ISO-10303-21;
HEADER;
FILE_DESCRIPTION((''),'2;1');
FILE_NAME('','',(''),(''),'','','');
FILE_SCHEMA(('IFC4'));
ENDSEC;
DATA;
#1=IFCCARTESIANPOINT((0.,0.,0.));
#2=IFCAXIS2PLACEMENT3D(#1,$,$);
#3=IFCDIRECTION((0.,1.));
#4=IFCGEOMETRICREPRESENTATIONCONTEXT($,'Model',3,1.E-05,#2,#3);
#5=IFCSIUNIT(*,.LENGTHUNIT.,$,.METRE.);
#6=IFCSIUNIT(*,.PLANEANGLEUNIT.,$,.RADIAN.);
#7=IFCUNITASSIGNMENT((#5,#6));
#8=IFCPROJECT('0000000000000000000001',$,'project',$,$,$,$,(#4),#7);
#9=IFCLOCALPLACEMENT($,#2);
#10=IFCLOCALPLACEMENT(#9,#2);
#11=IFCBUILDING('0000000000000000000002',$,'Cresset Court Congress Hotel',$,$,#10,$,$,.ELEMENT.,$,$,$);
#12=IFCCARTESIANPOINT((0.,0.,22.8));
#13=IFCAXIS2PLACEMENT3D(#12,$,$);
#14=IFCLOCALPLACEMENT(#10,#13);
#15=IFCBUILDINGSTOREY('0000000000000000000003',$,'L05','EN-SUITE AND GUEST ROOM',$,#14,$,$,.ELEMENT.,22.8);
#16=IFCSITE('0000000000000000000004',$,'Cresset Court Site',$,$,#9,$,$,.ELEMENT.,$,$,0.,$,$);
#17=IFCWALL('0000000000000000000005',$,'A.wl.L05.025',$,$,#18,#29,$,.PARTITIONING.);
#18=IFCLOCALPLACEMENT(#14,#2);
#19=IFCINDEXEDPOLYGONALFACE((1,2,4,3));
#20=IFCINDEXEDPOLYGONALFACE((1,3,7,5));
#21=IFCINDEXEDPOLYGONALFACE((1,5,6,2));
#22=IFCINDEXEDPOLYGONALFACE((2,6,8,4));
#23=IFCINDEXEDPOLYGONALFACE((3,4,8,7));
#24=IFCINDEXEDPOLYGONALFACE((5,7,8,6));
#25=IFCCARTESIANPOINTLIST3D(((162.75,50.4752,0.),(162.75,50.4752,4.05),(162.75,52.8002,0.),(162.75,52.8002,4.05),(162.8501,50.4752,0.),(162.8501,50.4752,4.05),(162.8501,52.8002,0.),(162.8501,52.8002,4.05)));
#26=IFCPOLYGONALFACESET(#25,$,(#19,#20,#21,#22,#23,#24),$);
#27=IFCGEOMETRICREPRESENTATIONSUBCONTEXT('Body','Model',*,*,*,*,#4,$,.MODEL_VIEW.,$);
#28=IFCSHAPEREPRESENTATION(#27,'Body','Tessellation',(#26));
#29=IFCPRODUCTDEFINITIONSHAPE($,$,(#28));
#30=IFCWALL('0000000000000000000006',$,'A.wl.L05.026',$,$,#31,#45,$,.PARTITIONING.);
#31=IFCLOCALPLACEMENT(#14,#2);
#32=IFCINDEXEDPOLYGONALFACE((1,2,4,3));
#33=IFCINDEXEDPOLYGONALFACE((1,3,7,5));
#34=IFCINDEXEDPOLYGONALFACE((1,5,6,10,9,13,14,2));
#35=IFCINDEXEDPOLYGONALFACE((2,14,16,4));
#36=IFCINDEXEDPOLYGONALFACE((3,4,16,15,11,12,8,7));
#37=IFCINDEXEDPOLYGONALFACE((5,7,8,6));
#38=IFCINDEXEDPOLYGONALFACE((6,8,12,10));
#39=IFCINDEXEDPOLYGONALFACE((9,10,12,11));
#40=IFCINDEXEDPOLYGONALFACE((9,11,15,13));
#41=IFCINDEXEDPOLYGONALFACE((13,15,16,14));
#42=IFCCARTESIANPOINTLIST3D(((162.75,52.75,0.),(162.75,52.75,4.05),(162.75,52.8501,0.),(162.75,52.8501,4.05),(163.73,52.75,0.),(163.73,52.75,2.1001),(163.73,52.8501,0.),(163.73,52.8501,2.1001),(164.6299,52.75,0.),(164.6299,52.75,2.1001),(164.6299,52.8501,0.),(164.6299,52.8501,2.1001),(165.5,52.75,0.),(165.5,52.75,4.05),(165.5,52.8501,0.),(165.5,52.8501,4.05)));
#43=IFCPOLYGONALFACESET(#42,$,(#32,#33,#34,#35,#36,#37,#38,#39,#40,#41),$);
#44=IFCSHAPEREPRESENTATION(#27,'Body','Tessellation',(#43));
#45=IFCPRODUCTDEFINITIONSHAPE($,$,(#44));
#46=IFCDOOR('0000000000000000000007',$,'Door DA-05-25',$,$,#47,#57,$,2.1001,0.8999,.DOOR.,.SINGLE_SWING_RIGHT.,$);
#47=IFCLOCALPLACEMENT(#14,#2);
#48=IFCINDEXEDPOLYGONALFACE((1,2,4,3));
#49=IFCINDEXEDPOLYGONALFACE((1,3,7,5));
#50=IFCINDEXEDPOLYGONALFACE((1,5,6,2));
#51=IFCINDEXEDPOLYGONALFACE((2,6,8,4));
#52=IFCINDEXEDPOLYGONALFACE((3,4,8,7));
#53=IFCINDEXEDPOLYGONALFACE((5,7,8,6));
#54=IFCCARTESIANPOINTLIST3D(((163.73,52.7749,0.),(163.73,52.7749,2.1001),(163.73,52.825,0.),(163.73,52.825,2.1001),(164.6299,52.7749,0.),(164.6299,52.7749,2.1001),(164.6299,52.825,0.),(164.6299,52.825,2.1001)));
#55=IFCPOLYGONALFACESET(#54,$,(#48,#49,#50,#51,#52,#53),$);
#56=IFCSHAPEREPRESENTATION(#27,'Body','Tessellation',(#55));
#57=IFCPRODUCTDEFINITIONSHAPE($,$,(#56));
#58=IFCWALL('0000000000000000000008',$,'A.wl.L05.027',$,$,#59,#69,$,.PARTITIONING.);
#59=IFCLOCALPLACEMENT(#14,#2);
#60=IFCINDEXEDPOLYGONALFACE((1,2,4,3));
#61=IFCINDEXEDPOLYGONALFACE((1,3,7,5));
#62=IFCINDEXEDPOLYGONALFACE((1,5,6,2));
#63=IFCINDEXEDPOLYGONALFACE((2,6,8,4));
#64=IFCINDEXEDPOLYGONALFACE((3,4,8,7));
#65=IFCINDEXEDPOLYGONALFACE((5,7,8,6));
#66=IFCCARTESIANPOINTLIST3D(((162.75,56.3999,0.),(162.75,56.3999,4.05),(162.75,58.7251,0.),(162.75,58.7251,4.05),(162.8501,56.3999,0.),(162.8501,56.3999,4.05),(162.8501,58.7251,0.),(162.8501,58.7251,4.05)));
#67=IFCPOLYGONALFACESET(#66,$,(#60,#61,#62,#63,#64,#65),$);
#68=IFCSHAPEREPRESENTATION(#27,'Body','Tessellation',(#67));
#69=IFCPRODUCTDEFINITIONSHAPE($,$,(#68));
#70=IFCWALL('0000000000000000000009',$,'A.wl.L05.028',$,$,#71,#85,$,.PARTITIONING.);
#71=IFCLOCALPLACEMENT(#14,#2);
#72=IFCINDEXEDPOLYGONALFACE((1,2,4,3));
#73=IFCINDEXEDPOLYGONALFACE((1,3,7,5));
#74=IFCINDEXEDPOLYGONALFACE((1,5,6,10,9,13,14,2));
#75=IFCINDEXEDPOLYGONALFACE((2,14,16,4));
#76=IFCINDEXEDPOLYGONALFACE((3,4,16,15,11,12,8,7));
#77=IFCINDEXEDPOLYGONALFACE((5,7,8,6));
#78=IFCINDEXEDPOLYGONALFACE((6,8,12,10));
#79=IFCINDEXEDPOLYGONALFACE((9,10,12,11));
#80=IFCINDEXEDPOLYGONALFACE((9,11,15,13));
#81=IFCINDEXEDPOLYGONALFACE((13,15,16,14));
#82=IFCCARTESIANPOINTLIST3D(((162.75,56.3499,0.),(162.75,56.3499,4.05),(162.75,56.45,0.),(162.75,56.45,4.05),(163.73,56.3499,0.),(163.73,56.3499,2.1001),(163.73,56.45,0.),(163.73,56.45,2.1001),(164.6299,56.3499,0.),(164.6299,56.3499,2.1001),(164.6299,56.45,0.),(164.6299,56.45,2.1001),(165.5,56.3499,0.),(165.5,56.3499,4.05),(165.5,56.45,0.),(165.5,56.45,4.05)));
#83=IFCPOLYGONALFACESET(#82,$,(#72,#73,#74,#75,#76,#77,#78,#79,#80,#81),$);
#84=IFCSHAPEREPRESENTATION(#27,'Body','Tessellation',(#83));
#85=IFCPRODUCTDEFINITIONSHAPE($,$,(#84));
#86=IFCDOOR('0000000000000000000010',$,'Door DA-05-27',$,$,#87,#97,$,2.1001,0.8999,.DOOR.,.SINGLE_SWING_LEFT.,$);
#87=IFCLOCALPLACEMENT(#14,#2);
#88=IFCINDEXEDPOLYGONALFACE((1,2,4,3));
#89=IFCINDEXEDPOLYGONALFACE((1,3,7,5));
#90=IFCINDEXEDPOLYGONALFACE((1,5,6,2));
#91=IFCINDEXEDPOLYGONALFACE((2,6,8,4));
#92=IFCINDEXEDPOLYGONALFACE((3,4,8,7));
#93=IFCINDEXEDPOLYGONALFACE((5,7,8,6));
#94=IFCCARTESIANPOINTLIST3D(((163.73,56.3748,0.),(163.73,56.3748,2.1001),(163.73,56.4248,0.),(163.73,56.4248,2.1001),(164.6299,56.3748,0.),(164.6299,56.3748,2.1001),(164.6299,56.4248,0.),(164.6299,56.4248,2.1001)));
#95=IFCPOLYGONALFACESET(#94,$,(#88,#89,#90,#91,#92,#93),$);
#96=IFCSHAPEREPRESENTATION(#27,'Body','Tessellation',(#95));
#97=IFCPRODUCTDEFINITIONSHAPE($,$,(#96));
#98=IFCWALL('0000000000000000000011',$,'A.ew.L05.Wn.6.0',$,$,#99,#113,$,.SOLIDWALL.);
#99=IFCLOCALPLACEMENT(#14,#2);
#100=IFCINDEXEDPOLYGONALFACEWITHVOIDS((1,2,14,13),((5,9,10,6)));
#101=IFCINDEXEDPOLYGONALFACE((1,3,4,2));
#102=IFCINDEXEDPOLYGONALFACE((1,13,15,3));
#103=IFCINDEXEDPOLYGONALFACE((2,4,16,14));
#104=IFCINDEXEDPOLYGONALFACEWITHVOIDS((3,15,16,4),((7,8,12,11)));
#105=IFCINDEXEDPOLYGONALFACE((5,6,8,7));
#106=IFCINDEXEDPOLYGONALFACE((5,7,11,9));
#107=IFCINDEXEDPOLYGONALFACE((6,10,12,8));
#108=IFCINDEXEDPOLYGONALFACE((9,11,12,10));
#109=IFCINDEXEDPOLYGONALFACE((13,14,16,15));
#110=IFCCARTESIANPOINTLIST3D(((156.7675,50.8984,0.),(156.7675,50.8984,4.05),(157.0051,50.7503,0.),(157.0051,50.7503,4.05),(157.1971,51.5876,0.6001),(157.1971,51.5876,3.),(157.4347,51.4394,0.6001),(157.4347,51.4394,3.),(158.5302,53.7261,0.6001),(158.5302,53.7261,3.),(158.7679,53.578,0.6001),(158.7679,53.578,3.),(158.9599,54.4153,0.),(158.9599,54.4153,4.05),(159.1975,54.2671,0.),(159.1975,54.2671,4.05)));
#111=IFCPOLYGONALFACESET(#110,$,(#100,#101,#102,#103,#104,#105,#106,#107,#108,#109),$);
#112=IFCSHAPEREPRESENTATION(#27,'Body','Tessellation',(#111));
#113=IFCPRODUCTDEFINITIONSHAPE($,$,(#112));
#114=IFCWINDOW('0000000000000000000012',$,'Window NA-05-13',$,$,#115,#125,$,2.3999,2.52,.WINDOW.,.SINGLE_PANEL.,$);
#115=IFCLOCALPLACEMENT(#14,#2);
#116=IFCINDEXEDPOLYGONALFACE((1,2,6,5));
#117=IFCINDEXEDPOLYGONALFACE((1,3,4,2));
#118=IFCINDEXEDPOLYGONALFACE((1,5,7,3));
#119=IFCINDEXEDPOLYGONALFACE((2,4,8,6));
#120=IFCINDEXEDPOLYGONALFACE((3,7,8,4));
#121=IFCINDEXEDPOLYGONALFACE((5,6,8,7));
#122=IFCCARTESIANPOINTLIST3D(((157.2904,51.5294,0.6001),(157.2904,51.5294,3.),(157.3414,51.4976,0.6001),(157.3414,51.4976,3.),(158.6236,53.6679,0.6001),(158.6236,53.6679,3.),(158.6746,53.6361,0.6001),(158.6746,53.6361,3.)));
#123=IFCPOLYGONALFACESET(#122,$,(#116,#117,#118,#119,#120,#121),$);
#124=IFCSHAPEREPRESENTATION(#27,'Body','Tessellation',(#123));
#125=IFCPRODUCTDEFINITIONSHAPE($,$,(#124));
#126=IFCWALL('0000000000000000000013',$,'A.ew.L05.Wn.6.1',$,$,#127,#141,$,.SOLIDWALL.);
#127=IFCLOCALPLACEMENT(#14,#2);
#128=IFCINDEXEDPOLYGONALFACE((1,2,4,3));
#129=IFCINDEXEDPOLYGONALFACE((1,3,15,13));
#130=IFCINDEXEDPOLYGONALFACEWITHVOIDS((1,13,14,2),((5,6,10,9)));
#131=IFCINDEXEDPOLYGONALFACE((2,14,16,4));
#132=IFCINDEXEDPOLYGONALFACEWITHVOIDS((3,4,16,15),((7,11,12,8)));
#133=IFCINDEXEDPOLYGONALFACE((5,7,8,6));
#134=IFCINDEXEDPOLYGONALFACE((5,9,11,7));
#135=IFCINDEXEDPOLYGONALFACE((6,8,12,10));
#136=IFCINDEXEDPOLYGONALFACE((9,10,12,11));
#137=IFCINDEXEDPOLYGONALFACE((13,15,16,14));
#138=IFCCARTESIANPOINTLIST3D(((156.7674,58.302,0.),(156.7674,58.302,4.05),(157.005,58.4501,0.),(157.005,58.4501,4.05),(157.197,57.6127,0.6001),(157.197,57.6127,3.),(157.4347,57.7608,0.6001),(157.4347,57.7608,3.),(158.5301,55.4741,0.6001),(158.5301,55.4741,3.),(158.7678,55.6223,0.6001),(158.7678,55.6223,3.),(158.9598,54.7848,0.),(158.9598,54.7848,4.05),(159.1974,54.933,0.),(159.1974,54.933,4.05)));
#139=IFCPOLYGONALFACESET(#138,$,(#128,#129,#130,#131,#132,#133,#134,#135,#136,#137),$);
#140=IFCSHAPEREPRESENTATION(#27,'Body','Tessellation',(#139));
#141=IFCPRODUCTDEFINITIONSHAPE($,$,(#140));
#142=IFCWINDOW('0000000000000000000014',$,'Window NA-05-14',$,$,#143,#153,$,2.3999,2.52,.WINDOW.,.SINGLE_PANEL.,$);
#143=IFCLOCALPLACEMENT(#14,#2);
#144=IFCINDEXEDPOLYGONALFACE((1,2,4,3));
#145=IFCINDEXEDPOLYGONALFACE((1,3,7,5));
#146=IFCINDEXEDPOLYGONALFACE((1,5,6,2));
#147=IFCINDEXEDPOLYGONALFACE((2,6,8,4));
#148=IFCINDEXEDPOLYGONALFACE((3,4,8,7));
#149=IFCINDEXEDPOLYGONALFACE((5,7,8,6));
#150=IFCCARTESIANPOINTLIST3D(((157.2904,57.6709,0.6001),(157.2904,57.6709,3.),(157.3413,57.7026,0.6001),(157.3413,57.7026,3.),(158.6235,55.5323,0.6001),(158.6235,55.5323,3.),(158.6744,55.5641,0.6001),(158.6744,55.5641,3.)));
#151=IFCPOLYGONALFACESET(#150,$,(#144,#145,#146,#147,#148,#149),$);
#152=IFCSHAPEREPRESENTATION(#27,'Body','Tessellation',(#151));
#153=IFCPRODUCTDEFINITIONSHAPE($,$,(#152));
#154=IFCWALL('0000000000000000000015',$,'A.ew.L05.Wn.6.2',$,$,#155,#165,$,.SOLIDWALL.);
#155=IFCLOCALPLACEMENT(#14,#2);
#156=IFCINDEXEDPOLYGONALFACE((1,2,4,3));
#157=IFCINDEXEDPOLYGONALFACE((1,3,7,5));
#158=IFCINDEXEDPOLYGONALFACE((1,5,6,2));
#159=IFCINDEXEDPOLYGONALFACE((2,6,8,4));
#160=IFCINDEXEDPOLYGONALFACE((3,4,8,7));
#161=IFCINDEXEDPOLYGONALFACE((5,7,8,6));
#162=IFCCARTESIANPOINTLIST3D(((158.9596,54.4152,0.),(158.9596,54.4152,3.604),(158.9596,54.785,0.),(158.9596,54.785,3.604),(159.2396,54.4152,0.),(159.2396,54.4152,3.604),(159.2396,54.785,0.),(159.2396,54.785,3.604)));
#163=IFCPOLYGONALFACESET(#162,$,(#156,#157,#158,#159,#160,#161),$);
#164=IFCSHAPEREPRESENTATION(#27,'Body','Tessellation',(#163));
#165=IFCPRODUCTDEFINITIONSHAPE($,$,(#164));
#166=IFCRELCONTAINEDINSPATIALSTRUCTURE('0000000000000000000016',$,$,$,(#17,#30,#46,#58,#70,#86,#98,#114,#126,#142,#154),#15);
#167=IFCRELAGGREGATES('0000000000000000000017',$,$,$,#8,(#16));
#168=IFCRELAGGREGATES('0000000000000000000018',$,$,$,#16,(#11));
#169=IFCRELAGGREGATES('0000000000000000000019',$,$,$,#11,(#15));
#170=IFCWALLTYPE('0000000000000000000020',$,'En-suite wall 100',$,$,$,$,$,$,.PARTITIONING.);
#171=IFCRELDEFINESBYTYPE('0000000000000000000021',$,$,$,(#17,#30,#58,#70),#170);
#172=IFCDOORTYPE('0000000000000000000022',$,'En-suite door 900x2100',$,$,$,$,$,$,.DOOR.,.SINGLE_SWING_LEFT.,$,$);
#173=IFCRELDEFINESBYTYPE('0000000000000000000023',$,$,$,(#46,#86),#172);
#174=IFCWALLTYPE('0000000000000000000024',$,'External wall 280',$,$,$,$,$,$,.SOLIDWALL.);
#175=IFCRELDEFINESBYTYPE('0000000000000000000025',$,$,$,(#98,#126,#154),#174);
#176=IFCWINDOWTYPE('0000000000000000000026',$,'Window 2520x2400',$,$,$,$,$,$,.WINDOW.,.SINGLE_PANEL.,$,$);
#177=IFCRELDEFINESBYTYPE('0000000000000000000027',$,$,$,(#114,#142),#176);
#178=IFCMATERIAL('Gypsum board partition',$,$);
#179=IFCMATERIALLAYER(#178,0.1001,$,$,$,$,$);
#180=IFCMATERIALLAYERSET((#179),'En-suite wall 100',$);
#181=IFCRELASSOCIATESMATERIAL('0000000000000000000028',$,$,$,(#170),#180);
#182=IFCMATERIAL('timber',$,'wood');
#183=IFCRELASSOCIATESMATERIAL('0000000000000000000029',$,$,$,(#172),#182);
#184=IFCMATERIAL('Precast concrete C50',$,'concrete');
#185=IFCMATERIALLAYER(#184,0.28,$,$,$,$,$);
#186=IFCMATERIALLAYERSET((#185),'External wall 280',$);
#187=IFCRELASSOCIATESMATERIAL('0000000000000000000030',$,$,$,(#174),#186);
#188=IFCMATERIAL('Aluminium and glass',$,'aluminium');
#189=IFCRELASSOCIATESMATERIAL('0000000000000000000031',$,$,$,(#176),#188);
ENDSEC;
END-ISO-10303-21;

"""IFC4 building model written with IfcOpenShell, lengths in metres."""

from ifc_helpers import new_model, si_unit, direction, frame, frame_2d, origin, place, context, subcontext, project, spatial, rectangle, extrude, material, layer, layer_set, type_object, element, fill, save


model = new_model("IFC4")

# Units and contexts
model_context = context("Model", 3, precision=1e-05, world=origin(), true_north=direction((0.0, 1.0)))
body_context = subcontext(model_context, "Body", "Model", "MODEL_VIEW")
ifc_project = project(units=[si_unit("LENGTHUNIT", "METRE"), si_unit("PLANEANGLEUNIT", "RADIAN")], contexts=[model_context])

# Site, building, storey
site_placement = place(None, origin())
site = spatial("IfcSite", under=ifc_project, at=site_placement, Name="Cresset Court Site", CompositionType="ELEMENT", RefElevation=0.0)
building_placement = place(site_placement, origin())
building = spatial("IfcBuilding", under=site, at=building_placement, Name="Cresset Court Congress Hotel", CompositionType="ELEMENT")
storey_placement = place(building_placement, frame((0.0, 0.0, 22.8)))
storey = spatial("IfcBuildingStorey", under=building, at=storey_placement, Name="L05", Description="EN-SUITE AND GUEST ROOM", CompositionType="ELEMENT", Elevation=22.8)

# Wall
ifc_material_1 = material(Name="Gypsum board partition")
ifc_layer_1 = layer(ifc_material_1, 0.1001)
ifc_layer_set_1 = layer_set([ifc_layer_1], Name="En-suite wall 100")
wall_type_1 = type_object("IfcWallType", Name="En-suite wall 100", PredefinedType="PARTITIONING", material=ifc_layer_set_1)
wall_1_placement = place(storey_placement, frame((162.8, 50.4751, 0.0), z_axis=(0.0, 0.0, 1.0), x_axis=(0.0, 1.0, 0.0)))
element("IfcWall", 1, at=wall_1_placement, inside=storey, type_object=wall_type_1, Name="A.wl.L05.025", PredefinedType="PARTITIONING", context=body_context, shape_type="SweptSolid", body=[
    extrude(rectangle(XDim=2.325, YDim=0.1001, at=frame_2d((1.1626, 0.0))), origin(), (0.0, 0.0, 1.0), 4.05),
])

# Wall, opening, door
wall_2_placement = place(storey_placement, frame((162.75, 52.8, 0.0), z_axis=(0.0, 0.0, 1.0), x_axis=(1.0, 0.0, 0.0)))
wall_2 = element("IfcWall", 2, at=wall_2_placement, inside=storey, type_object=wall_type_1, Name="A.wl.L05.026", PredefinedType="PARTITIONING", context=body_context, shape_type="SweptSolid", body=[
    extrude(rectangle(XDim=2.75, YDim=0.1001, at=frame_2d((1.375, 0.0))), origin(), (0.0, 0.0, 1.0), 4.05),
])
opening_1_placement = place(wall_2_placement, frame((0.98, 0.0, 0.0)))
opening_1 = element("IfcOpeningElement", 3, at=opening_1_placement, cuts=wall_2, PredefinedType="OPENING", context=body_context, shape_type="SweptSolid", body=[
    extrude(rectangle(XDim=0.8999, YDim=2.1001, at=frame_2d((0.45, 1.05))), frame((0.0, 0.0601, 0.0), z_axis=(0.0, -1.0, 0.0), x_axis=(1.0, 0.0, 0.0)), (0.0, 0.0, 1.0), 0.1201),
])
ifc_material_2 = material(Name="timber", Category="wood")
door_type = type_object("IfcDoorType", Name="En-suite door 900x2100", OperationType="SINGLE_SWING_LEFT", PredefinedType="DOOR", material=ifc_material_2)
door_1_placement = place(opening_1_placement, origin())
door_1 = element("IfcDoor", 4, at=door_1_placement, inside=storey, type_object=door_type, Name="Door DA-05-25", OperationType="SINGLE_SWING_RIGHT", OverallHeight=2.1001, OverallWidth=0.8999, PredefinedType="DOOR", context=body_context, shape_type="SweptSolid", body=[
    extrude(rectangle(XDim=0.8999, YDim=2.1001, at=frame_2d((0.45, 1.05))), frame((0.0, 0.0249, 0.0), z_axis=(0.0, -1.0, 0.0), x_axis=(1.0, 0.0, 0.0)), (0.0, 0.0, 1.0), 0.05),
])
fill(opening_1, door_1)

# Wall
wall_3_placement = place(storey_placement, frame((162.8, 56.3999, 0.0), z_axis=(0.0, 0.0, 1.0), x_axis=(0.0, 1.0, 0.0)))
element("IfcWall", 5, at=wall_3_placement, inside=storey, type_object=wall_type_1, Name="A.wl.L05.027", PredefinedType="PARTITIONING", context=body_context, shape_type="SweptSolid", body=[
    extrude(rectangle(XDim=2.3252, YDim=0.1001, at=frame_2d((1.1626, 0.0))), origin(), (0.0, 0.0, 1.0), 4.05),
])

# Wall, opening, door
wall_4_placement = place(storey_placement, frame((162.75, 56.3999, 0.0), z_axis=(0.0, 0.0, 1.0), x_axis=(1.0, 0.0, 0.0)))
wall_4 = element("IfcWall", 6, at=wall_4_placement, inside=storey, type_object=wall_type_1, Name="A.wl.L05.028", PredefinedType="PARTITIONING", context=body_context, shape_type="SweptSolid", body=[
    extrude(rectangle(XDim=2.75, YDim=0.1001, at=frame_2d((1.375, 0.0))), origin(), (0.0, 0.0, 1.0), 4.05),
])
opening_2_placement = place(wall_4_placement, frame((0.98, 0.0, 0.0)))
opening_2 = element("IfcOpeningElement", 7, at=opening_2_placement, cuts=wall_4, PredefinedType="OPENING", context=body_context, shape_type="SweptSolid", body=[
    extrude(rectangle(XDim=0.8999, YDim=2.1001, at=frame_2d((0.45, 1.05))), frame((0.0, 0.0601, 0.0), z_axis=(0.0, -1.0, 0.0), x_axis=(1.0, 0.0, 0.0)), (0.0, 0.0, 1.0), 0.1201),
])
door_2_placement = place(opening_2_placement, origin())
door_2 = element("IfcDoor", 8, at=door_2_placement, inside=storey, type_object=door_type, Name="Door DA-05-27", OperationType="SINGLE_SWING_LEFT", OverallHeight=2.1001, OverallWidth=0.8999, PredefinedType="DOOR", context=body_context, shape_type="SweptSolid", body=[
    extrude(rectangle(XDim=0.8999, YDim=2.1001, at=frame_2d((0.45, 1.05))), frame((0.0, 0.0249, 0.0), z_axis=(0.0, -1.0, 0.0), x_axis=(1.0, 0.0, 0.0)), (0.0, 0.0, 1.0), 0.05),
])
fill(opening_2, door_2)

# Walls, openings, windows
ifc_material_3 = material(Name="Precast concrete C50", Category="concrete")
ifc_layer_2 = layer(ifc_material_3, 0.28)
ifc_layer_set_2 = layer_set([ifc_layer_2], Name="External wall 280")
wall_type_2 = type_object("IfcWallType", Name="External wall 280", PredefinedType="SOLIDWALL", material=ifc_layer_set_2)
wall_5_placement = place(storey_placement, frame((156.8862, 50.8242, 0.0), z_axis=(0.0, 0.0, 1.0), x_axis=(0.529019, 0.84861, 0.0)))
wall_5 = element("IfcWall", 9, at=wall_5_placement, inside=storey, type_object=wall_type_2, Name="A.ew.L05.Wn.6.0", PredefinedType="SOLIDWALL", context=body_context, shape_type="SweptSolid", body=[
    extrude(rectangle(XDim=4.1443, YDim=0.28, at=frame_2d((2.0723, 0.0))), origin(), (0.0, 0.0, 1.0), 4.05),
])
opening_3_placement = place(wall_5_placement, frame((0.8123, 0.0, 0.6001)))
opening_3 = element("IfcOpeningElement", 10, at=opening_3_placement, cuts=wall_5, PredefinedType="OPENING", context=body_context, shape_type="SweptSolid", body=[
    extrude(rectangle(XDim=2.52, YDim=2.3999, at=frame_2d((1.26, 1.2))), frame((0.0, 0.1499, 0.0), z_axis=(0.0, -1.0, 0.0), x_axis=(1.0, 0.0, 0.0)), (0.0, 0.0, 1.0), 0.3),
])
ifc_material_4 = material(Name="Aluminium and glass", Category="aluminium")
window_type = type_object("IfcWindowType", Name="Window 2520x2400", PartitioningType="SINGLE_PANEL", PredefinedType="WINDOW", material=ifc_material_4)
window_1_placement = place(opening_3_placement, origin())
window_1 = element("IfcWindow", 11, at=window_1_placement, inside=storey, type_object=window_type, Name="Window NA-05-13", OverallHeight=2.3999, OverallWidth=2.52, PartitioningType="SINGLE_PANEL", PredefinedType="WINDOW", context=body_context, shape_type="SweptSolid", body=[
    extrude(rectangle(XDim=2.52, YDim=2.3999, at=frame_2d((1.26, 1.2))), frame((0.0, 0.03, 0.0), z_axis=(0.0, -1.0, 0.0), x_axis=(1.0, 0.0, 0.0)), (0.0, 0.0, 1.0), 0.0601),
])
fill(opening_3, window_1)
wall_6_placement = place(storey_placement, frame((159.0786, 54.8589, 0.0), z_axis=(0.0, 0.0, 1.0), x_axis=(-0.528993, 0.848626, 0.0)))
wall_6 = element("IfcWall", 12, at=wall_6_placement, inside=storey, type_object=wall_type_2, Name="A.ew.L05.Wn.6.1", PredefinedType="SOLIDWALL", context=body_context, shape_type="SweptSolid", body=[
    extrude(rectangle(XDim=4.1445, YDim=0.28, at=frame_2d((2.0723, 0.0))), origin(), (0.0, 0.0, 1.0), 4.05),
])
opening_4_placement = place(wall_6_placement, frame((0.8123, 0.0, 0.6001)))
opening_4 = element("IfcOpeningElement", 13, at=opening_4_placement, cuts=wall_6, PredefinedType="OPENING", context=body_context, shape_type="SweptSolid", body=[
    extrude(rectangle(XDim=2.52, YDim=2.3999, at=frame_2d((1.26, 1.2))), frame((0.0, 0.1499, 0.0), z_axis=(0.0, -1.0, 0.0), x_axis=(1.0, 0.0, 0.0)), (0.0, 0.0, 1.0), 0.3),
])
window_2_placement = place(opening_4_placement, origin())
window_2 = element("IfcWindow", 14, at=window_2_placement, inside=storey, type_object=window_type, Name="Window NA-05-14", OverallHeight=2.3999, OverallWidth=2.52, PartitioningType="SINGLE_PANEL", PredefinedType="WINDOW", context=body_context, shape_type="SweptSolid", body=[
    extrude(rectangle(XDim=2.52, YDim=2.3999, at=frame_2d((1.26, 1.2))), frame((0.0, 0.03, 0.0), z_axis=(0.0, -1.0, 0.0), x_axis=(1.0, 0.0, 0.0)), (0.0, 0.0, 1.0), 0.0601),
])
fill(opening_4, window_2)

# Wall
wall_7_placement = place(storey_placement, frame((159.0996, 54.415, 0.0), z_axis=(0.0, 0.0, 1.0), x_axis=(0.0, 1.0, 0.0)))
element("IfcWall", 15, at=wall_7_placement, inside=storey, type_object=wall_type_2, Name="A.ew.L05.Wn.6.2", PredefinedType="SOLIDWALL", context=body_context, shape_type="SweptSolid", body=[
    extrude(rectangle(XDim=0.3699, YDim=0.28, at=frame_2d((0.1851, 0.0))), origin(), (0.0, 0.0, 1.0), 3.604),
])

save(model, "model.ifc")
